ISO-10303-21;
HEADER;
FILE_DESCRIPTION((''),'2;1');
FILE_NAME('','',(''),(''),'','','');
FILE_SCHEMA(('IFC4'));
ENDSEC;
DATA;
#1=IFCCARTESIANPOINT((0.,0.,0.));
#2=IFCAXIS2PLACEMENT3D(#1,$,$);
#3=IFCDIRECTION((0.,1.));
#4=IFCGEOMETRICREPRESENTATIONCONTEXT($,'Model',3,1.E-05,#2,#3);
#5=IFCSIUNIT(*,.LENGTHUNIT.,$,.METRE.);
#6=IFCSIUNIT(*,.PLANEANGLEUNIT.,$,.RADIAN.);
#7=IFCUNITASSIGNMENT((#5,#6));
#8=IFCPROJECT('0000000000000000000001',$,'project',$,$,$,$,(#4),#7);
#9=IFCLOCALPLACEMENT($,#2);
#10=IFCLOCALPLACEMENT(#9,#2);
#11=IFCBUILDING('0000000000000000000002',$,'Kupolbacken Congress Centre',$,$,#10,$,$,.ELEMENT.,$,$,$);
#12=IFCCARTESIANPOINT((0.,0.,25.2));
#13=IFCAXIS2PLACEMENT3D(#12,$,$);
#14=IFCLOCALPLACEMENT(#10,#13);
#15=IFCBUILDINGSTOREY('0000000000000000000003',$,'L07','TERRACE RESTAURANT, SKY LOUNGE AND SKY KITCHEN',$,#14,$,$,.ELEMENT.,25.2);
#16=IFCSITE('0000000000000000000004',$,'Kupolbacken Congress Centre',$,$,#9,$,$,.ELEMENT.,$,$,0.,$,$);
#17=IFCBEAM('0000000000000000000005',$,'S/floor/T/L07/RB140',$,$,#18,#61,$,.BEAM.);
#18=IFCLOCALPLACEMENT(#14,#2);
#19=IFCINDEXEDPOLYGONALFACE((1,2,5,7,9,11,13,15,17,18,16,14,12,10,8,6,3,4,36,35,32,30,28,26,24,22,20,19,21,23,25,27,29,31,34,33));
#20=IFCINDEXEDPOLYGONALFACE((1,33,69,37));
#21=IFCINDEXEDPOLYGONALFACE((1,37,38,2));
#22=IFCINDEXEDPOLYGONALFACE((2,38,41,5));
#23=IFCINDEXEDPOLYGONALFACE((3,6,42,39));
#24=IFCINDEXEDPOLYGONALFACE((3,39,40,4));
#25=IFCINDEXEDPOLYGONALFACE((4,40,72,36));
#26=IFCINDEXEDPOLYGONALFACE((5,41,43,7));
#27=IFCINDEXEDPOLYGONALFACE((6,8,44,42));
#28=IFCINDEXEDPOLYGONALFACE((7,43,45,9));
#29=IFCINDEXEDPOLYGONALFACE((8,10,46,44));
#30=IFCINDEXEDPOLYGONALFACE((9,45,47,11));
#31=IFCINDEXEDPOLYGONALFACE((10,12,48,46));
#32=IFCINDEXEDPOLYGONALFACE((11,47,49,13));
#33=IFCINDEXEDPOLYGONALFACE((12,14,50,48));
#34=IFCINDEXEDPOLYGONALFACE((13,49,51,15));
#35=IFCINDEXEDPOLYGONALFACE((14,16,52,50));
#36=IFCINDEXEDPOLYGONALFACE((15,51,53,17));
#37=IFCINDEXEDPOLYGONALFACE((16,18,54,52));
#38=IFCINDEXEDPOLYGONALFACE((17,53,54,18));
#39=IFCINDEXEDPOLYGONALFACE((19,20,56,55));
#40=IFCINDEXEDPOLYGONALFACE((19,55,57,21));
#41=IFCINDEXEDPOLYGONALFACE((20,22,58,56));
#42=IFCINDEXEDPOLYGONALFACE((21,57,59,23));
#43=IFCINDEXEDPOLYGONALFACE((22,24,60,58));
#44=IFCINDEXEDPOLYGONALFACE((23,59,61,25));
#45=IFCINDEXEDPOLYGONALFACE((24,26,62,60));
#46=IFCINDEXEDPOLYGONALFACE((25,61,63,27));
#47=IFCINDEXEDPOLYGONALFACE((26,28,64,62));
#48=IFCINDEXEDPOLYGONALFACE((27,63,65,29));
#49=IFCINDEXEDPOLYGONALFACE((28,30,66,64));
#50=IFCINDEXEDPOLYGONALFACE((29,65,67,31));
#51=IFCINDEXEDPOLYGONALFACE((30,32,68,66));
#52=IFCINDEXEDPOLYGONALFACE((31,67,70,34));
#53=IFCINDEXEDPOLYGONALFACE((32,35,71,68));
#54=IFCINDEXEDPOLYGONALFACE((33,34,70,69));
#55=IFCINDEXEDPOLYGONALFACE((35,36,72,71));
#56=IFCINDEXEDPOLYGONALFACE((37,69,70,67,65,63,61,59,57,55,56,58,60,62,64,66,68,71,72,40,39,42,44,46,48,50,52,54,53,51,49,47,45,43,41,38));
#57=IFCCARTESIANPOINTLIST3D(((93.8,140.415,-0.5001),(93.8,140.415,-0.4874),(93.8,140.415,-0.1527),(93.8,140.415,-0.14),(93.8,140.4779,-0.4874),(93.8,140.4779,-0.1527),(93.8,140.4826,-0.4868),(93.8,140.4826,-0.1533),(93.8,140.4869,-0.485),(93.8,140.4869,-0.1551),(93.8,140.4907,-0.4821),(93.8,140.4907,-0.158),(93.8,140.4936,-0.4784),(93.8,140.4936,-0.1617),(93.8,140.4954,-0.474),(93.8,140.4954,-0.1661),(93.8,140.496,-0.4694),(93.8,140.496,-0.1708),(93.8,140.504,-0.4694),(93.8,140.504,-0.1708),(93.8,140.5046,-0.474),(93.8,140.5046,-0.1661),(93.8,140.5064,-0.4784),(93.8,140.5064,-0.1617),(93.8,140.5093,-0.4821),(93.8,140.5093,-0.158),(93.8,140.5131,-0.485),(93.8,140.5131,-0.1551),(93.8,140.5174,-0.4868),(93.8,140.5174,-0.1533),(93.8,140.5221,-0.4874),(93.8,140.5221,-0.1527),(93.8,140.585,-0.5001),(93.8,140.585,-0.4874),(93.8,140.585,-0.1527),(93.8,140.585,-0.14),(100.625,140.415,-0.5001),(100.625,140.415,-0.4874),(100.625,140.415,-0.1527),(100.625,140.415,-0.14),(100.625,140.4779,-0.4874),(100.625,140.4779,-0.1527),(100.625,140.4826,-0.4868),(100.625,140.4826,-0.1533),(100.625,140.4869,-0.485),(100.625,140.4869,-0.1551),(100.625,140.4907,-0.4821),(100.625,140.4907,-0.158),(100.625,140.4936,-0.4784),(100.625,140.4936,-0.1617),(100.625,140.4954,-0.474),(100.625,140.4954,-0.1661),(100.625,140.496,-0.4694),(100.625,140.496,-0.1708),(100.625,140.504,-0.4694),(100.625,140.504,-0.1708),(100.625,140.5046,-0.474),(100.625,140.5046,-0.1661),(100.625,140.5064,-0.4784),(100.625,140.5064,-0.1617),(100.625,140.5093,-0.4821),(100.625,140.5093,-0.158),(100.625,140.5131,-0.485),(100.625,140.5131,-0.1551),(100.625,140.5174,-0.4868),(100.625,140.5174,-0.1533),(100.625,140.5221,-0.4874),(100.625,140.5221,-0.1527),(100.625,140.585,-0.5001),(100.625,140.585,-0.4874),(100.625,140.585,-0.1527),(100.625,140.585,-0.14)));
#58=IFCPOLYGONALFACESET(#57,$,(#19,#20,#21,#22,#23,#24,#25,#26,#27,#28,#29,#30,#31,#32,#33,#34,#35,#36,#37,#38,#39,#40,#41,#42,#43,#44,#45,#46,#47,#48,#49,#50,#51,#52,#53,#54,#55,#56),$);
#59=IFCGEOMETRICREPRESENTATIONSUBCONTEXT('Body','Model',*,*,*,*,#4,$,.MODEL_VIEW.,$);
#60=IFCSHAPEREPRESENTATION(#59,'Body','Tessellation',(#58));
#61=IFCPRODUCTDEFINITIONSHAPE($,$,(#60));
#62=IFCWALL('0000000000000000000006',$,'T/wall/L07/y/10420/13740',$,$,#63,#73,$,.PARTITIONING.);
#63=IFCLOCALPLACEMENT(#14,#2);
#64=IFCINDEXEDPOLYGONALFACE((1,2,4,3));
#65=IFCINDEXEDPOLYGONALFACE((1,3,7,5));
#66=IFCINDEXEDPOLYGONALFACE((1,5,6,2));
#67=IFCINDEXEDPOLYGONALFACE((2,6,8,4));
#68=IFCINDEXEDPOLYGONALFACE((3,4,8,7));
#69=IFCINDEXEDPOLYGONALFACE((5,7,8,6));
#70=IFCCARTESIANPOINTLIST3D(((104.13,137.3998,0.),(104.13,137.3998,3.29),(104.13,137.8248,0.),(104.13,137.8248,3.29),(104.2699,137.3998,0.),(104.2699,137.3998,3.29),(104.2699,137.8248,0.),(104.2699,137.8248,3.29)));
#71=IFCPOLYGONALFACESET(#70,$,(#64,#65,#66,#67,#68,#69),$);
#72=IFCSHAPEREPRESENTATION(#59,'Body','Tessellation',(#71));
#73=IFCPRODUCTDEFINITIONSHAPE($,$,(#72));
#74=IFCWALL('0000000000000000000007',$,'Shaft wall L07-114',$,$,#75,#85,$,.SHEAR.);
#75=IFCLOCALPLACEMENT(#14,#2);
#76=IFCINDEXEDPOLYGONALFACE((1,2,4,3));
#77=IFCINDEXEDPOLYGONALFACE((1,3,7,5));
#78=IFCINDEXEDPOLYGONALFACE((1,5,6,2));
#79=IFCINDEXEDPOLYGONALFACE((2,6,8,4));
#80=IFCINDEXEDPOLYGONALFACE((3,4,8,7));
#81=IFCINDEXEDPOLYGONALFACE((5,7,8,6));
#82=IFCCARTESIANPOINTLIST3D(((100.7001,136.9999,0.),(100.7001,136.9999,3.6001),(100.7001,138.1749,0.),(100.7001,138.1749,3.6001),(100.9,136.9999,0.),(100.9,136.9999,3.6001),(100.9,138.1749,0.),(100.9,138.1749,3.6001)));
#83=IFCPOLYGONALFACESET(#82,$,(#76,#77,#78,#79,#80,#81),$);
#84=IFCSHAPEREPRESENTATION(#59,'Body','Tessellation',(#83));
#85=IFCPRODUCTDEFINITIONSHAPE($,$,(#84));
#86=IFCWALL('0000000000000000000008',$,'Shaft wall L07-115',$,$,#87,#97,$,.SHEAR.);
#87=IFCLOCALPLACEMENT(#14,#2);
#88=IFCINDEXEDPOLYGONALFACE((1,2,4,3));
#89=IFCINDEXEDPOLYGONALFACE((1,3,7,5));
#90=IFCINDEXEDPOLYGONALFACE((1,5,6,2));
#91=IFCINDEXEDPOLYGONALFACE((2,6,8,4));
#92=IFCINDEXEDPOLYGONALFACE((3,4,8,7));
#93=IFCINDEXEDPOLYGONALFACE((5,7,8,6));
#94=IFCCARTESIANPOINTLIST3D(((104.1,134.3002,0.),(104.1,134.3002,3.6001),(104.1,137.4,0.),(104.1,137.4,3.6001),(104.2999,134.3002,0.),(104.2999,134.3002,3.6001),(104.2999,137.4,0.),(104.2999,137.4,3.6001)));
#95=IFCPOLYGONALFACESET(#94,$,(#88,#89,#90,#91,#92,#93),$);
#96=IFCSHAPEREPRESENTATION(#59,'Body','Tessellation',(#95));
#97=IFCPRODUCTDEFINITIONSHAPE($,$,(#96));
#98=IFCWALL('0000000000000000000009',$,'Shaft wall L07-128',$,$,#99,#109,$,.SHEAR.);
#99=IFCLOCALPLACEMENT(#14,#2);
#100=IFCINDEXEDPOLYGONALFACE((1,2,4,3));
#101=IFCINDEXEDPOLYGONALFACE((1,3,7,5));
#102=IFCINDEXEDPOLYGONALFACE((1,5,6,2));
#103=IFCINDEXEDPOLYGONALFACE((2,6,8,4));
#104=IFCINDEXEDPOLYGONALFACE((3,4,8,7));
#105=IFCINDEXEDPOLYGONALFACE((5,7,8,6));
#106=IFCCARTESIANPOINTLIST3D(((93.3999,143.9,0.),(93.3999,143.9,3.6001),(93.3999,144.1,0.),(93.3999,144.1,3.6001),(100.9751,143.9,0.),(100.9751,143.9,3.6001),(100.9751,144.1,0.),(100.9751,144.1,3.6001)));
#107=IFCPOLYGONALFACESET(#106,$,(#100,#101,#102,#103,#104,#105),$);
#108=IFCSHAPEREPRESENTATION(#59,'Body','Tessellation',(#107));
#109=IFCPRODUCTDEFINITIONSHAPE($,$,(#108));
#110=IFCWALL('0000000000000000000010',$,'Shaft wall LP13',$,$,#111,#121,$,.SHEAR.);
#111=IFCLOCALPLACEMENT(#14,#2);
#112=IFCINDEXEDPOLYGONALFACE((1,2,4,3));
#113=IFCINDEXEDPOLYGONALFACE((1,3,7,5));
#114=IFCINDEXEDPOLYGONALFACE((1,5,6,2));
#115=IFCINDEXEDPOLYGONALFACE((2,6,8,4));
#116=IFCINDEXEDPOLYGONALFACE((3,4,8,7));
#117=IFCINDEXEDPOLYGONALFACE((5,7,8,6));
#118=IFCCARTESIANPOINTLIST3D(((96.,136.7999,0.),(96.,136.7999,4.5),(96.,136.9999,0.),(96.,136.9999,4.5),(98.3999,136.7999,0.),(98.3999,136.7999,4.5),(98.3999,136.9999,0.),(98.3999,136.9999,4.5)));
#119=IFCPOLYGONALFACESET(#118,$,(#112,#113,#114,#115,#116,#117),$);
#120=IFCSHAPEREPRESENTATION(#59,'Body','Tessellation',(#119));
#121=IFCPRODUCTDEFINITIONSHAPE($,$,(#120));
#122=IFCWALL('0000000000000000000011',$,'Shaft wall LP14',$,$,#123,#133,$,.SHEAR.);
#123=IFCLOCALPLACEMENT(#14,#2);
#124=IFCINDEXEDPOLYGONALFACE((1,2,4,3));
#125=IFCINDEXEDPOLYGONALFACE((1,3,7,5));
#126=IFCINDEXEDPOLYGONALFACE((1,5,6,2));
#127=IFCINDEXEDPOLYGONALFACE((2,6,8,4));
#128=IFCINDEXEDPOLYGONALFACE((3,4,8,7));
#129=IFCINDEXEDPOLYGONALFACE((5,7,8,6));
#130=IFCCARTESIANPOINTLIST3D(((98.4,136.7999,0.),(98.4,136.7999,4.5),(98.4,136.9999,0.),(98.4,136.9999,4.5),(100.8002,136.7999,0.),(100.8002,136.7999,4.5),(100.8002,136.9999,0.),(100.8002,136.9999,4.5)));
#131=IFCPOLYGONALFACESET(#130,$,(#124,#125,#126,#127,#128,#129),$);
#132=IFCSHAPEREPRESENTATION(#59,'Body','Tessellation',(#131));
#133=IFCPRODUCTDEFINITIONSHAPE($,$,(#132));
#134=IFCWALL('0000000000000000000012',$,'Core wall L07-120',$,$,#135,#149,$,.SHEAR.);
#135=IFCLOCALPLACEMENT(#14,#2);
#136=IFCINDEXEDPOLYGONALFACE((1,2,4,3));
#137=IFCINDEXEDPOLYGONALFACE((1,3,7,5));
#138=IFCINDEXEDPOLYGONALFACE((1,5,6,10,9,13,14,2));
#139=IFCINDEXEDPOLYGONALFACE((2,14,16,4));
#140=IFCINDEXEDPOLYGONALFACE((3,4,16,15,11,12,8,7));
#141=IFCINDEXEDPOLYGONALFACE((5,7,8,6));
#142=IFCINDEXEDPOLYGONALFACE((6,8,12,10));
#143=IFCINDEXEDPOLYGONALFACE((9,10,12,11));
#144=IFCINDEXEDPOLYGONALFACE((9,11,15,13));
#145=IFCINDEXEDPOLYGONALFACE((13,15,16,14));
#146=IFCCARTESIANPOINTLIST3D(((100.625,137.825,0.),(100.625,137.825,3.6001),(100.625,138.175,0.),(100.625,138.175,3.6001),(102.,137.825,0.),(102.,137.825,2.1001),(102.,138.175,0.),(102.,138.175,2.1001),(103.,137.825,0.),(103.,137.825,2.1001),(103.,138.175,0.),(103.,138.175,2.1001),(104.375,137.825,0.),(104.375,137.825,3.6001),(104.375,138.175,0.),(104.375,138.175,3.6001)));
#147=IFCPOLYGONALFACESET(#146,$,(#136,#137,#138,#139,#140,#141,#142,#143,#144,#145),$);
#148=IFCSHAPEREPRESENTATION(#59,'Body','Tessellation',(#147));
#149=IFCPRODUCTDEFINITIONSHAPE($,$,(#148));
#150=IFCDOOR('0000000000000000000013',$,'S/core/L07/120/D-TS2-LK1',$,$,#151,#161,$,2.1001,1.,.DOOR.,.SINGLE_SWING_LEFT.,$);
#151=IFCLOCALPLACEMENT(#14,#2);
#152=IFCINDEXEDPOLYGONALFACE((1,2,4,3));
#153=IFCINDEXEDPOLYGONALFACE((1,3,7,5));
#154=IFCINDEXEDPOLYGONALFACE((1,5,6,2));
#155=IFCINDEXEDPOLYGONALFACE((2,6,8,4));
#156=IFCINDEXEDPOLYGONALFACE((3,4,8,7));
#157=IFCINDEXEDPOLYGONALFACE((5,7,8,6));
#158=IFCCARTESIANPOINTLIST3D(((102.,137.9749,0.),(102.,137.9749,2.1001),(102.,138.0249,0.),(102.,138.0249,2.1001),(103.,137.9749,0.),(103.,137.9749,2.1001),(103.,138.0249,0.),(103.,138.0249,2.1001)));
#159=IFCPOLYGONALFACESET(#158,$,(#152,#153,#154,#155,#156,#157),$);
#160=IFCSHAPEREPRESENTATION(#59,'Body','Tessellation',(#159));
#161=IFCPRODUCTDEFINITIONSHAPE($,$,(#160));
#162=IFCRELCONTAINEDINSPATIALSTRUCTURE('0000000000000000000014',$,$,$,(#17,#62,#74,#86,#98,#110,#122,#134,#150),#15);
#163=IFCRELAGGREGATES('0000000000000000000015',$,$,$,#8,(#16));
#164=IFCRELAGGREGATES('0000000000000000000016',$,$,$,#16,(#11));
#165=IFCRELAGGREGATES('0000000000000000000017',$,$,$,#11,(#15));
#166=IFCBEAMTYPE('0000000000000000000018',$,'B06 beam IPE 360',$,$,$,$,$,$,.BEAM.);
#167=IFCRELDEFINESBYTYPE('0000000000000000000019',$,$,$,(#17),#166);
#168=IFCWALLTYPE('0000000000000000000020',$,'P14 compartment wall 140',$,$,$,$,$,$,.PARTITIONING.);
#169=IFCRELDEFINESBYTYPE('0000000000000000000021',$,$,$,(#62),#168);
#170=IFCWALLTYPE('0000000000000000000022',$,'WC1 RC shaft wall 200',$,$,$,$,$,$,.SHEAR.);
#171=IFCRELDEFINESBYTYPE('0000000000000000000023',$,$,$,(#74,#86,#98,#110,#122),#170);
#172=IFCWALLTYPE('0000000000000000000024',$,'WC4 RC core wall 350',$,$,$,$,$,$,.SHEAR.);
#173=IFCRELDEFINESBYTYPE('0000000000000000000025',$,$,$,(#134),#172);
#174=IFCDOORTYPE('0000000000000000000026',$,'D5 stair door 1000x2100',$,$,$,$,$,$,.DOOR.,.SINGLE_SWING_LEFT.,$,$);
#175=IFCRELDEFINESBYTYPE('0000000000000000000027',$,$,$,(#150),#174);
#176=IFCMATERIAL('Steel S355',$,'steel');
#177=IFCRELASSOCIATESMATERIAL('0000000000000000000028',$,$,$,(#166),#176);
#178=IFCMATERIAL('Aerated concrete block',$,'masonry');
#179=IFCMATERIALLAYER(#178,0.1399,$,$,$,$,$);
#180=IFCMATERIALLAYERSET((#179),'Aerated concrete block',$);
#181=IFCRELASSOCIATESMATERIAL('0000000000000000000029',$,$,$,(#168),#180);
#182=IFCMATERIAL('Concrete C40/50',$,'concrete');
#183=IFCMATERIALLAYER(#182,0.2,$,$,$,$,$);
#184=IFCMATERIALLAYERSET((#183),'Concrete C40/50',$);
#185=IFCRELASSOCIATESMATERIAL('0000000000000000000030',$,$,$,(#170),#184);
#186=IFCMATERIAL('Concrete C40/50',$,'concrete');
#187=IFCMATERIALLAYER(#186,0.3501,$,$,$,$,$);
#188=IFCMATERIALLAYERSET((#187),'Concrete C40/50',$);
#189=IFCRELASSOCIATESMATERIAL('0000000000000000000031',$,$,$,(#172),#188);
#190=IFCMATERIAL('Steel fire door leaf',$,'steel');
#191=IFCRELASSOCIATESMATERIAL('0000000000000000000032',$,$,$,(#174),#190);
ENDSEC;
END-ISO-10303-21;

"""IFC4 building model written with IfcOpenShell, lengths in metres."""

from ifc_helpers import new_model, si_unit, direction, frame, frame_2d, origin, origin_2d, place, context, subcontext, project, spatial, rectangle, i_section, extrude, material, layer, layer_set, material_profile, profile_set, type_object, element, fill, save


model = new_model("IFC4")

# Units and contexts
model_context = context("Model", 3, precision=1e-05, world=origin(), true_north=direction((0.0, 1.0)))
body_context = subcontext(model_context, "Body", "Model", "MODEL_VIEW")
ifc_project = project(units=[si_unit("LENGTHUNIT", "METRE"), si_unit("PLANEANGLEUNIT", "RADIAN")], contexts=[model_context])

# Site, building, storey
site_placement = place(None, origin())
site = spatial("IfcSite", under=ifc_project, at=site_placement, Name="Kupolbacken Congress Centre", CompositionType="ELEMENT", RefElevation=0.0)
building_placement = place(site_placement, origin())
building = spatial("IfcBuilding", under=site, at=building_placement, Name="Kupolbacken Congress Centre", CompositionType="ELEMENT")
storey_placement = place(building_placement, frame((0.0, 0.0, 25.2)))
storey = spatial("IfcBuildingStorey", under=building, at=storey_placement, Name="L07", Description="TERRACE RESTAURANT, SKY LOUNGE AND SKY KITCHEN", CompositionType="ELEMENT", Elevation=25.2)

# Beam
ifc_material_1 = material(Name="Steel S355", Category="steel")
ifc_material_profile = material_profile(ifc_material_1, i_section(OverallWidth=0.1699, OverallDepth=0.3601, WebThickness=0.0081, FlangeThickness=0.0127, FilletRadius=0.0181, at=origin_2d()), Name="IPE 360")
ifc_profile_set = profile_set([ifc_material_profile], Name="Steel S355")
beam_type = type_object("IfcBeamType", Name="B06 beam IPE 360", PredefinedType="BEAM", material=ifc_profile_set)
beam_placement = place(storey_placement, frame((93.8, 140.5, -0.3201), z_axis=(1.0, 0.0, 0.0), x_axis=(0.0, 1.0, 0.0)))
element("IfcBeam", 1, at=beam_placement, inside=storey, type_object=beam_type, Name="S/floor/T/L07/RB140", PredefinedType="BEAM", context=body_context, shape_type="SweptSolid", body=[
    extrude(i_section(OverallWidth=0.1699, OverallDepth=0.3601, WebThickness=0.0081, FlangeThickness=0.0127, FilletRadius=0.0181, at=origin_2d()), origin(), (0.0, 0.0, 1.0), 6.825),
])

# Walls
ifc_material_2 = material(Name="Aerated concrete block", Category="masonry")
ifc_layer_1 = layer(ifc_material_2, 0.1399)
ifc_layer_set_1 = layer_set([ifc_layer_1], Name="Aerated concrete block")
wall_type_1 = type_object("IfcWallType", Name="P14 compartment wall 140", PredefinedType="PARTITIONING", material=ifc_layer_set_1)
wall_1_placement = place(storey_placement, frame((104.2, 137.3999, 0.0), z_axis=(0.0, 0.0, 1.0), x_axis=(0.0, 1.0, 0.0)))
element("IfcWall", 2, at=wall_1_placement, inside=storey, type_object=wall_type_1, Name="T/wall/L07/y/10420/13740", PredefinedType="PARTITIONING", context=body_context, shape_type="SweptSolid", body=[
    extrude(rectangle(XDim=0.425, YDim=0.1399, at=frame_2d((0.2124, 0.0))), origin(), (0.0, 0.0, 1.0), 3.29),
])
ifc_material_3 = material(Name="Concrete C40/50", Category="concrete")
ifc_layer_2 = layer(ifc_material_3, 0.2)
ifc_layer_set_2 = layer_set([ifc_layer_2], Name="Concrete C40/50")
wall_type_2 = type_object("IfcWallType", Name="WC1 RC shaft wall 200", PredefinedType="SHEAR", material=ifc_layer_set_2)
wall_2_placement = place(storey_placement, frame((100.8, 137.0, 0.0), z_axis=(0.0, 0.0, 1.0), x_axis=(0.0, 1.0, 0.0)))
element("IfcWall", 3, at=wall_2_placement, inside=storey, type_object=wall_type_2, Name="Shaft wall L07-114", PredefinedType="SHEAR", context=body_context, shape_type="SweptSolid", body=[
    extrude(rectangle(XDim=1.175, YDim=0.2, at=frame_2d((0.5874, 0.0))), origin(), (0.0, 0.0, 1.0), 3.6001),
])
wall_3_placement = place(storey_placement, frame((104.2, 137.3999, 0.0), z_axis=(0.0, 0.0, 1.0), x_axis=(0.0, -1.0, 0.0)))
element("IfcWall", 4, at=wall_3_placement, inside=storey, type_object=wall_type_2, Name="Shaft wall L07-115", PredefinedType="SHEAR", context=body_context, shape_type="SweptSolid", body=[
    extrude(rectangle(XDim=3.0999, YDim=0.2, at=frame_2d((1.5498, 0.0))), origin(), (0.0, 0.0, 1.0), 3.6001),
])
wall_4_placement = place(storey_placement, frame((100.9751, 144.0, 0.0), z_axis=(0.0, 0.0, 1.0), x_axis=(-1.0, 0.0, 0.0)))
element("IfcWall", 5, at=wall_4_placement, inside=storey, type_object=wall_type_2, Name="Shaft wall L07-128", PredefinedType="SHEAR", context=body_context, shape_type="SweptSolid", body=[
    extrude(rectangle(XDim=7.5752, YDim=0.2, at=frame_2d((3.7876, 0.0))), origin(), (0.0, 0.0, 1.0), 3.6001),
])
wall_5_placement = place(storey_placement, frame((96.0, 136.8999, 0.0), z_axis=(0.0, 0.0, 1.0), x_axis=(1.0, 0.0, 0.0)))
element("IfcWall", 6, at=wall_5_placement, inside=storey, type_object=wall_type_2, Name="Shaft wall LP13", PredefinedType="SHEAR", context=body_context, shape_type="SweptSolid", body=[
    extrude(rectangle(XDim=2.3999, YDim=0.2, at=frame_2d((1.2, 0.0))), origin(), (0.0, 0.0, 1.0), 4.5),
])
wall_6_placement = place(storey_placement, frame((98.3999, 136.8999, 0.0), z_axis=(0.0, 0.0, 1.0), x_axis=(1.0, 0.0, 0.0)))
element("IfcWall", 7, at=wall_6_placement, inside=storey, type_object=wall_type_2, Name="Shaft wall LP14", PredefinedType="SHEAR", context=body_context, shape_type="SweptSolid", body=[
    extrude(rectangle(XDim=2.4001, YDim=0.2, at=frame_2d((1.2002, 0.0))), origin(), (0.0, 0.0, 1.0), 4.5),
])

# Wall, opening, door
ifc_material_4 = material(Name="Concrete C40/50", Category="concrete")
ifc_layer_3 = layer(ifc_material_4, 0.3501)
ifc_layer_set_3 = layer_set([ifc_layer_3], Name="Concrete C40/50")
wall_type_3 = type_object("IfcWallType", Name="WC4 RC core wall 350", PredefinedType="SHEAR", material=ifc_layer_set_3)
wall_7_placement = place(storey_placement, frame((100.625, 138.0, 0.0), z_axis=(0.0, 0.0, 1.0), x_axis=(1.0, 0.0, 0.0)))
wall_7 = element("IfcWall", 8, at=wall_7_placement, inside=storey, type_object=wall_type_3, Name="Core wall L07-120", PredefinedType="SHEAR", context=body_context, shape_type="SweptSolid", body=[
    extrude(rectangle(XDim=3.75, YDim=0.3501, at=frame_2d((1.875, 0.0))), origin(), (0.0, 0.0, 1.0), 3.6001),
])
opening_1_placement = place(wall_7_placement, frame((1.375, 0.0, 0.0)))
opening_1 = element("IfcOpeningElement", 9, at=opening_1_placement, cuts=wall_7, PredefinedType="OPENING", context=body_context, shape_type="SweptSolid", body=[
    extrude(rectangle(XDim=1.0, YDim=2.1001, at=frame_2d((0.5, 1.05))), frame((0.0, 0.1851, 0.0), z_axis=(0.0, -1.0, 0.0), x_axis=(1.0, 0.0, 0.0)), (0.0, 0.0, 1.0), 0.3701),
])
ifc_material_5 = material(Name="Steel fire door leaf", Category="steel")
door_type_1 = type_object("IfcDoorType", Name="D5 stair door 1000x2100", OperationType="SINGLE_SWING_LEFT", PredefinedType="DOOR", material=ifc_material_5)
door_1_placement = place(opening_1_placement, origin())
door_1 = element("IfcDoor", 10, at=door_1_placement, inside=storey, type_object=door_type_1, Name="S/core/L07/120/D-TS2-LK1", OperationType="SINGLE_SWING_LEFT", OverallHeight=2.1001, OverallWidth=1.0, PredefinedType="DOOR", context=body_context, shape_type="SweptSolid", body=[
    extrude(rectangle(XDim=1.0, YDim=2.1001, at=frame_2d((0.5, 1.05))), frame((0.0, 0.0249, 0.0), z_axis=(0.0, -1.0, 0.0), x_axis=(1.0, 0.0, 0.0)), (0.0, 0.0, 1.0), 0.05),
])
fill(opening_1, door_1)

save(model, "model.ifc")
